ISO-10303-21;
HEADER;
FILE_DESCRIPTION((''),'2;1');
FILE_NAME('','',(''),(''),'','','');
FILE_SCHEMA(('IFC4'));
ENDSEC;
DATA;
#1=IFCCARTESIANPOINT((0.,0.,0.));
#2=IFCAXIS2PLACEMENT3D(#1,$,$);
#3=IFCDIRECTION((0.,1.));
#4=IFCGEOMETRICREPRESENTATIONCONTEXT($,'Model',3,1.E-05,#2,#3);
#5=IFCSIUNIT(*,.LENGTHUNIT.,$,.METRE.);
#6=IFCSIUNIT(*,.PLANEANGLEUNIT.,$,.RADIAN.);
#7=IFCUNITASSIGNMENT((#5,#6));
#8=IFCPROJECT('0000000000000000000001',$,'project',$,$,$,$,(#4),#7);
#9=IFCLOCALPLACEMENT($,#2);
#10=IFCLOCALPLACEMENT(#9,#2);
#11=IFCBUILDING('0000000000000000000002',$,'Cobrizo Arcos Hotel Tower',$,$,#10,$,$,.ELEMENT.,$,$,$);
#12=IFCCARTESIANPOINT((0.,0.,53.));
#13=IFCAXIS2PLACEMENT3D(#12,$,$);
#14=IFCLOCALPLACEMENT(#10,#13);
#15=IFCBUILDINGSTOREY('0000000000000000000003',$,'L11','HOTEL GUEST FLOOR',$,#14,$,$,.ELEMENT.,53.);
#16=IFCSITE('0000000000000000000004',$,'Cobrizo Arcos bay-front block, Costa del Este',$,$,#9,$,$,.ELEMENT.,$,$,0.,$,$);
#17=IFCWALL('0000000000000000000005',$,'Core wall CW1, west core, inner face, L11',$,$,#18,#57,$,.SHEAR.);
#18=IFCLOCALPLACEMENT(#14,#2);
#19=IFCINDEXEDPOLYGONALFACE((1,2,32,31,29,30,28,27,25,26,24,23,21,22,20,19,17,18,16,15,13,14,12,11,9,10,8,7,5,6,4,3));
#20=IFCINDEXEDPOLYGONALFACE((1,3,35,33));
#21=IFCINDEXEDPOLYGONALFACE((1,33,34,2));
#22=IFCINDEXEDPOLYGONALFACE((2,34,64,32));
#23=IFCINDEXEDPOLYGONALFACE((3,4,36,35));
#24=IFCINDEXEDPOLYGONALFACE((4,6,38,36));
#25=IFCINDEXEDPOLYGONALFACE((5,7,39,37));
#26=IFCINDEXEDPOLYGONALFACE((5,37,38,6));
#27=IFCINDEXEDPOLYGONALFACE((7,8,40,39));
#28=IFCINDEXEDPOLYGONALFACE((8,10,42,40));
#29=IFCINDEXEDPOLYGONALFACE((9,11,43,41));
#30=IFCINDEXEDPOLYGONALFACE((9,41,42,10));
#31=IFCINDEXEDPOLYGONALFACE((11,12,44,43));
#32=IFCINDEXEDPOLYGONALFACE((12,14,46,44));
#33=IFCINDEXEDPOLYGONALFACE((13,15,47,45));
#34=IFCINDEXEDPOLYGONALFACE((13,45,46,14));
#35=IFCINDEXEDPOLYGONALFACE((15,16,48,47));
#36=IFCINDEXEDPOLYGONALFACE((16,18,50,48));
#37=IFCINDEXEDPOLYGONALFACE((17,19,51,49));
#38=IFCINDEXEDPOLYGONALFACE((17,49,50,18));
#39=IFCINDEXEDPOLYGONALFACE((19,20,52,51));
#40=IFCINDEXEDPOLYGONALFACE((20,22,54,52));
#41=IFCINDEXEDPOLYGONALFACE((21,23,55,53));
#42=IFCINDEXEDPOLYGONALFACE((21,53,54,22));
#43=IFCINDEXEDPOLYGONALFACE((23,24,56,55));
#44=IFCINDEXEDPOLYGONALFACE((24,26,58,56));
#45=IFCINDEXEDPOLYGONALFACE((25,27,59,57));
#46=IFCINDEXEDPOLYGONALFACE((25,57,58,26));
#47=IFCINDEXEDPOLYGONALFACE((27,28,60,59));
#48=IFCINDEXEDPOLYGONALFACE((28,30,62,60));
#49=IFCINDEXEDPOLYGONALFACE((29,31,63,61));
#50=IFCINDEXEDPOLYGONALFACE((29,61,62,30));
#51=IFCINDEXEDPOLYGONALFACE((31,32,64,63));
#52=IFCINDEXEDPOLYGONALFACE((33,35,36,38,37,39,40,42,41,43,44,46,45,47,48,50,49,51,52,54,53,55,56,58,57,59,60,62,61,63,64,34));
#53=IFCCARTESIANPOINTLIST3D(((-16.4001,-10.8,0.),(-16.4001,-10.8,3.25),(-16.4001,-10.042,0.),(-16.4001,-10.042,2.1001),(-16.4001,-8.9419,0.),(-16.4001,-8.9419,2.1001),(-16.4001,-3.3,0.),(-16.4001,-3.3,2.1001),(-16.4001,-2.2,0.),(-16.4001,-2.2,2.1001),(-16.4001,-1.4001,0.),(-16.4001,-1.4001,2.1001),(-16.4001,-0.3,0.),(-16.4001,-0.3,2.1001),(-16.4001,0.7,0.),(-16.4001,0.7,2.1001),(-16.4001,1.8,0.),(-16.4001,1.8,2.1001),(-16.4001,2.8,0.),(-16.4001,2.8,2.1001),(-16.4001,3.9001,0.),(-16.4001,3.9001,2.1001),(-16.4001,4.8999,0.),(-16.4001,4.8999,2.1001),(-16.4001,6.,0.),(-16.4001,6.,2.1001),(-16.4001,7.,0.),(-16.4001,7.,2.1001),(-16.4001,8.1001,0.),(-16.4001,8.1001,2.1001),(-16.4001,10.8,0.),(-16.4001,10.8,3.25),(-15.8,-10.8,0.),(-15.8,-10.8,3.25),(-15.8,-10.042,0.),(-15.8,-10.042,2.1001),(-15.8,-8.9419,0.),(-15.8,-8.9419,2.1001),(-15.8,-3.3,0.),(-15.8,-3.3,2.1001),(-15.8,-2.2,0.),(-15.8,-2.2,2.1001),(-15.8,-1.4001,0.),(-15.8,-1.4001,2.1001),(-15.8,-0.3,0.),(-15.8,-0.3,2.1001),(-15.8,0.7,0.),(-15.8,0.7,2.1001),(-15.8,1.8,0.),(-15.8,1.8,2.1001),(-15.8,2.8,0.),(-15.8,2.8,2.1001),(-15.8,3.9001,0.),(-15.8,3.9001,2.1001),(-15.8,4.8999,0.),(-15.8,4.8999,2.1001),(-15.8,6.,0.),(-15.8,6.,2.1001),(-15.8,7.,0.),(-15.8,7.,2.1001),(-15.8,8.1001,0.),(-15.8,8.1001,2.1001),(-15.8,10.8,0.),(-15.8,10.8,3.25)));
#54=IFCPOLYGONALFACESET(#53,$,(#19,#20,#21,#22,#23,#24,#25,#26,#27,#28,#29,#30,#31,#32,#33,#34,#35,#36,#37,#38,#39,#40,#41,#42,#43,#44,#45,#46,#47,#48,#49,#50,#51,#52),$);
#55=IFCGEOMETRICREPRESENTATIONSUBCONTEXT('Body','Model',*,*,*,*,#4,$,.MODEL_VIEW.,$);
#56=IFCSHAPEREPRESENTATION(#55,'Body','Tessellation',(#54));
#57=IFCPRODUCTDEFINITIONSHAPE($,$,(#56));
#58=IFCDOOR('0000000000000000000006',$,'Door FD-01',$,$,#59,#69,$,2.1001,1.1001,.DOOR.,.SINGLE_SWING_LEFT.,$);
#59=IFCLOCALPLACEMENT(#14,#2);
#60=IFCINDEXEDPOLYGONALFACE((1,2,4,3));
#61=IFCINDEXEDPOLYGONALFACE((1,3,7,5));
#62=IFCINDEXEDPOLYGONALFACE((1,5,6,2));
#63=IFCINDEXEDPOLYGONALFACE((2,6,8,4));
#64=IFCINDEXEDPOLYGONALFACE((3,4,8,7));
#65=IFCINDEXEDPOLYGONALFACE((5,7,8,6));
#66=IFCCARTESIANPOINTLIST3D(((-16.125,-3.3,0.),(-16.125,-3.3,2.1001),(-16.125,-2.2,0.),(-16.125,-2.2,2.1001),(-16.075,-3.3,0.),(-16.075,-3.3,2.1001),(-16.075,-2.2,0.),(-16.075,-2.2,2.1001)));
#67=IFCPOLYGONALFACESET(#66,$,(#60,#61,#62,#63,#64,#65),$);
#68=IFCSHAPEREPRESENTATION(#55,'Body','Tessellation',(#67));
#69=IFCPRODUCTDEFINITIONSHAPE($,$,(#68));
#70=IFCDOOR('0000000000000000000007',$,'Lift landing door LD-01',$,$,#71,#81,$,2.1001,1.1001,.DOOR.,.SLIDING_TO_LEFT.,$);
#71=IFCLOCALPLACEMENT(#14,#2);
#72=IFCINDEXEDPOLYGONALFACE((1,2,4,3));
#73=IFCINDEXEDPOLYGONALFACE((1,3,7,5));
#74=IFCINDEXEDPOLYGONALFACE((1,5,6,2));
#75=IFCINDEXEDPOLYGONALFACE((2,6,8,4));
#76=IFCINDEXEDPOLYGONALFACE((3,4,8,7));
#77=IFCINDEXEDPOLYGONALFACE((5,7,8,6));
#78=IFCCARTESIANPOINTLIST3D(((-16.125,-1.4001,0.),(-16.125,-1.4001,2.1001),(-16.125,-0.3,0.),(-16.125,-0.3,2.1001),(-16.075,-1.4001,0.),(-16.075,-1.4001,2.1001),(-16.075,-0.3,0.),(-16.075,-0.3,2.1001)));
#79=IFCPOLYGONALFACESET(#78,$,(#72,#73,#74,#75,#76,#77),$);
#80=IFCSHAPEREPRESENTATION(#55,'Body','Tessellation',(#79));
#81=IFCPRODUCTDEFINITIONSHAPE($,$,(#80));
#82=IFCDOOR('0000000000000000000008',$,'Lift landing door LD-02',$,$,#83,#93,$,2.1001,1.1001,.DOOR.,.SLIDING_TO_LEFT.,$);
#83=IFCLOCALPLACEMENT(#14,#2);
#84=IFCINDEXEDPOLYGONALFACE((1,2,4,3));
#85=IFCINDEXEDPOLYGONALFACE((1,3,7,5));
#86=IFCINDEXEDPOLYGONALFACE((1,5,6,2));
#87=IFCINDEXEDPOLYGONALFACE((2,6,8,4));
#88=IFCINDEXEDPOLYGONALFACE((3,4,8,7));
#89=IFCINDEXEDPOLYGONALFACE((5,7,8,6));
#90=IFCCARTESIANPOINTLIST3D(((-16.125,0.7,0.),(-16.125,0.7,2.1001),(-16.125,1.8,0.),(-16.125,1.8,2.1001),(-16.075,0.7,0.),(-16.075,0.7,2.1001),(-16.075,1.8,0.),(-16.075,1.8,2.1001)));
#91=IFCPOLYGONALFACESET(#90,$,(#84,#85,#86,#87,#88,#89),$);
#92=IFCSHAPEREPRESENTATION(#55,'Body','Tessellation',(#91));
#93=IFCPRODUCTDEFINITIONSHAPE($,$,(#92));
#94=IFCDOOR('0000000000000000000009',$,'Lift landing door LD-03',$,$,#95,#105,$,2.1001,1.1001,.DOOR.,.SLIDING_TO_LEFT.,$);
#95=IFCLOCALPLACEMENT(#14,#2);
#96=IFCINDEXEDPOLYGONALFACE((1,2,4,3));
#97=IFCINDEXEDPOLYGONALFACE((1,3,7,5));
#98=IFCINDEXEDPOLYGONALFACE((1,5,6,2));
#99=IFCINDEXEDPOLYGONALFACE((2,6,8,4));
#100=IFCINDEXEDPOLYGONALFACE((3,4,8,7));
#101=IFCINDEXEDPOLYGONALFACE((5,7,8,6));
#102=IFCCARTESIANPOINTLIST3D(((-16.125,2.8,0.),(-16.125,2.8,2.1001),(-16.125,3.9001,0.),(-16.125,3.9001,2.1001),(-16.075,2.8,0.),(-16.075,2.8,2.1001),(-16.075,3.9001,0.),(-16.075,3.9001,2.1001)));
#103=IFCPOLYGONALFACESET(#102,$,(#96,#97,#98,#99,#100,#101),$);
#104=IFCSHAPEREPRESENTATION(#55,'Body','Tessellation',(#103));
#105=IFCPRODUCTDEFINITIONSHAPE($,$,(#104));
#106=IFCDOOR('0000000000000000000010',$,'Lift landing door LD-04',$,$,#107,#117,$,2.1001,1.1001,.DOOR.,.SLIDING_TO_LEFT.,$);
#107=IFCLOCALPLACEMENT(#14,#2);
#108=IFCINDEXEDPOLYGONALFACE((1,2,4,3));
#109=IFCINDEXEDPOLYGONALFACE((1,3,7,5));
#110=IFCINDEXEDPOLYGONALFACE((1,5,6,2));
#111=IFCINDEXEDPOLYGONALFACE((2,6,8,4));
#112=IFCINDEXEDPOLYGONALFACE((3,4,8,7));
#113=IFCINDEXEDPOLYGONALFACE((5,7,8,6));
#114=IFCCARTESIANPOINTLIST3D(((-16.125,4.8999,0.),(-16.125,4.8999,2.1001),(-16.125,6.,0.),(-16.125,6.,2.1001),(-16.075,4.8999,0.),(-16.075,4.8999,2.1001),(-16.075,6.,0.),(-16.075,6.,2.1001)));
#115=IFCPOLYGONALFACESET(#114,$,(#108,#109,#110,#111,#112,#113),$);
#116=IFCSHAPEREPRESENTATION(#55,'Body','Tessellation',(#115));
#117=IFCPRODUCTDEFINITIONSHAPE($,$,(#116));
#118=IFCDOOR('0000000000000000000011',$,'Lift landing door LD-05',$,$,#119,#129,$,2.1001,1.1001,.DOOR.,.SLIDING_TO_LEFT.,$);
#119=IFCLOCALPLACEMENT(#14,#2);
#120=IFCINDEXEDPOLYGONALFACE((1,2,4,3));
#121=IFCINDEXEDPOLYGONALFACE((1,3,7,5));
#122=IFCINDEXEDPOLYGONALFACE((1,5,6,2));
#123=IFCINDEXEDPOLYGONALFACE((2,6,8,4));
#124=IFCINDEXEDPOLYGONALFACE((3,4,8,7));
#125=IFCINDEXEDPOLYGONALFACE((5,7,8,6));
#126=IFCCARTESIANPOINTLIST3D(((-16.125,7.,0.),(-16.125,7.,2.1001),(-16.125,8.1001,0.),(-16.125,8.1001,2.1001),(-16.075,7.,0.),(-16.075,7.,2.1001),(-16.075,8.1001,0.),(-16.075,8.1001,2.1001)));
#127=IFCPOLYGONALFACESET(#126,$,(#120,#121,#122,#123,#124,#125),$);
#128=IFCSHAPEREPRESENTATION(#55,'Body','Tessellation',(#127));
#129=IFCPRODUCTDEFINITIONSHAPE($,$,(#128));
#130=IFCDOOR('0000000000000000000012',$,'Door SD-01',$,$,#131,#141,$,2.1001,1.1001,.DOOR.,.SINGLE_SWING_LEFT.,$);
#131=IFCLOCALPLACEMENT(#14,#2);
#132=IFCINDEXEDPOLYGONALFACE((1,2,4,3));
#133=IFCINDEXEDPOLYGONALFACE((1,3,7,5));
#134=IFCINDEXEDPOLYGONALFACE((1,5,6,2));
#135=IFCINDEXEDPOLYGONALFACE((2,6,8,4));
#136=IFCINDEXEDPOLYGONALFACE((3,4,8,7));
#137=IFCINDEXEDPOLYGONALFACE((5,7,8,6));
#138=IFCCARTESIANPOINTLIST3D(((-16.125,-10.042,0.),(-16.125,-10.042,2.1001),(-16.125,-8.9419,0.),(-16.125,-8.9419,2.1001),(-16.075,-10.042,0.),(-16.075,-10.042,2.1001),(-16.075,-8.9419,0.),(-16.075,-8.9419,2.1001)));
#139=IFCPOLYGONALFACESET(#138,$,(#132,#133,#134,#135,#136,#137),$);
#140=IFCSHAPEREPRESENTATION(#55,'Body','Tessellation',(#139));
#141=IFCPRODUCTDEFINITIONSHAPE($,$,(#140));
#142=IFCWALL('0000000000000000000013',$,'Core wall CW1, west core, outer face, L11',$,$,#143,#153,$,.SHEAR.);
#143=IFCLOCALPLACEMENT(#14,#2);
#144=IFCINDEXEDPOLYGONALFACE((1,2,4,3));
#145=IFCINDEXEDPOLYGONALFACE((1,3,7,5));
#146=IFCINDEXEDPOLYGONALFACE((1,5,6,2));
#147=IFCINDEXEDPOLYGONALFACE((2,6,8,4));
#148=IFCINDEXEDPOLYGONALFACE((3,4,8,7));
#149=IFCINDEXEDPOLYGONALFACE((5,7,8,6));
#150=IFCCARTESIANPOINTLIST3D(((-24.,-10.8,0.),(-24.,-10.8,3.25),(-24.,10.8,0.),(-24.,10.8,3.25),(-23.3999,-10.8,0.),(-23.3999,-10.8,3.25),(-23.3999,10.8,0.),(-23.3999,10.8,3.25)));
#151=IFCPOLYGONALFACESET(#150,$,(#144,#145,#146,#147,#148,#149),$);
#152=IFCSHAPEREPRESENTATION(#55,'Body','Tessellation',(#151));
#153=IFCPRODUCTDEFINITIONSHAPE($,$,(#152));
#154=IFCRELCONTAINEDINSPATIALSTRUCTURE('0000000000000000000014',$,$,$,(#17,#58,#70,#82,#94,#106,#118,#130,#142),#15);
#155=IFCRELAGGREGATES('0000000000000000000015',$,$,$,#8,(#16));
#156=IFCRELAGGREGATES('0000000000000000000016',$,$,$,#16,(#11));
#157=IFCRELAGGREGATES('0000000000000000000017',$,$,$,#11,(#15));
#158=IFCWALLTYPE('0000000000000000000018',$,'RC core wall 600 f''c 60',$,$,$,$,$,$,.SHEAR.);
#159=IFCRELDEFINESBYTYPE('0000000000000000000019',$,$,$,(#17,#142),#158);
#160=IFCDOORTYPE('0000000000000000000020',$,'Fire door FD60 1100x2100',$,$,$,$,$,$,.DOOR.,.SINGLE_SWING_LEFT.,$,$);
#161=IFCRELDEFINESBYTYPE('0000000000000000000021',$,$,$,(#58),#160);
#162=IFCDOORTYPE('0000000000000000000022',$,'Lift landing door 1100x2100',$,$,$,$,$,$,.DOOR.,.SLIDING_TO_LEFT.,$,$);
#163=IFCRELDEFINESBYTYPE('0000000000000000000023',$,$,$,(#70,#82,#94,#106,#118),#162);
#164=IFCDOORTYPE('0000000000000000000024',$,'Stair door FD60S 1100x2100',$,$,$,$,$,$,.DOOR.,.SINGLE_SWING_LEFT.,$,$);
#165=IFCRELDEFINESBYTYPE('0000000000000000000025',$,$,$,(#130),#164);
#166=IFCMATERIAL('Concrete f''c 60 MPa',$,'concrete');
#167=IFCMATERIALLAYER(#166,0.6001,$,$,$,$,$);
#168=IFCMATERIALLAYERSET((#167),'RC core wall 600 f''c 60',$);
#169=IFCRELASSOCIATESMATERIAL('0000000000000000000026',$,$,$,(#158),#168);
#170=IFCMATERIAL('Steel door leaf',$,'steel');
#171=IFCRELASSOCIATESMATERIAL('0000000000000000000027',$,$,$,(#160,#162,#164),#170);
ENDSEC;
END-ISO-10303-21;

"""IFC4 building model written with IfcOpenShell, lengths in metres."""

from ifc_helpers import new_model, si_unit, direction, frame, frame_2d, origin, place, context, subcontext, project, spatial, rectangle, extrude, material, layer, layer_set, type_object, element, fill, save


model = new_model("IFC4")

# Units and contexts
model_context = context("Model", 3, precision=1e-05, world=origin(), true_north=direction((0.0, 1.0)))
body_context = subcontext(model_context, "Body", "Model", "MODEL_VIEW")
ifc_project = project(units=[si_unit("LENGTHUNIT", "METRE"), si_unit("PLANEANGLEUNIT", "RADIAN")], contexts=[model_context])

# Site, building, storey
site_placement = place(None, origin())
site = spatial("IfcSite", under=ifc_project, at=site_placement, Name="Cobrizo Arcos bay-front block, Costa del Este", CompositionType="ELEMENT", RefElevation=0.0)
building_placement = place(site_placement, origin())
building = spatial("IfcBuilding", under=site, at=building_placement, Name="Cobrizo Arcos Hotel Tower", CompositionType="ELEMENT")
storey_placement = place(building_placement, frame((0.0, 0.0, 53.0)))
storey = spatial("IfcBuildingStorey", under=building, at=storey_placement, Name="L11", Description="HOTEL GUEST FLOOR", CompositionType="ELEMENT", Elevation=53.0)

# Wall, openings, doors
ifc_material_1 = material(Name="Concrete f'c 60 MPa", Category="concrete")
ifc_layer_1 = layer(ifc_material_1, 0.6001)
ifc_layer_set_1 = layer_set([ifc_layer_1], Name="RC core wall 600 f'c 60")
wall_type_1 = type_object("IfcWallType", Name="RC core wall 600 f'c 60", PredefinedType="SHEAR", material=ifc_layer_set_1)
wall_1_placement = place(storey_placement, frame((-16.1001, -10.8, 0.0), z_axis=(0.0, 0.0, 1.0), x_axis=(0.0, 1.0, 0.0)))
wall_1 = element("IfcWall", 1, at=wall_1_placement, inside=storey, type_object=wall_type_1, Name="Core wall CW1, west core, inner face, L11", PredefinedType="SHEAR", context=body_context, shape_type="SweptSolid", body=[
    extrude(rectangle(XDim=21.6001, YDim=0.6001, at=frame_2d((10.8, 0.0))), origin(), (0.0, 0.0, 1.0), 3.25),
])
opening_1_placement = place(wall_1_placement, frame((9.3999, 0.0, 0.0)))
opening_1 = element("IfcOpeningElement", 2, at=opening_1_placement, cuts=wall_1, PredefinedType="OPENING", context=body_context, shape_type="SweptSolid", body=[
    extrude(rectangle(XDim=1.1001, YDim=2.1001, at=frame_2d((0.55, 1.05))), frame((0.0, 0.312, 0.0), z_axis=(0.0, -1.0, 0.0), x_axis=(1.0, 0.0, 0.0)), (0.0, 0.0, 1.0), 0.624),
])
opening_2_placement = place(wall_1_placement, frame((11.5, 0.0, 0.0)))
opening_2 = element("IfcOpeningElement", 3, at=opening_2_placement, cuts=wall_1, PredefinedType="OPENING", context=body_context, shape_type="SweptSolid", body=[
    extrude(rectangle(XDim=1.1001, YDim=2.1001, at=frame_2d((0.55, 1.05))), frame((0.0, 0.312, 0.0), z_axis=(0.0, -1.0, 0.0), x_axis=(1.0, 0.0, 0.0)), (0.0, 0.0, 1.0), 0.624),
])
opening_3_placement = place(wall_1_placement, frame((13.6001, 0.0, 0.0)))
opening_3 = element("IfcOpeningElement", 4, at=opening_3_placement, cuts=wall_1, PredefinedType="OPENING", context=body_context, shape_type="SweptSolid", body=[
    extrude(rectangle(XDim=1.1001, YDim=2.1001, at=frame_2d((0.55, 1.05))), frame((0.0, 0.312, 0.0), z_axis=(0.0, -1.0, 0.0), x_axis=(1.0, 0.0, 0.0)), (0.0, 0.0, 1.0), 0.624),
])
opening_4_placement = place(wall_1_placement, frame((15.7, 0.0, 0.0)))
opening_4 = element("IfcOpeningElement", 5, at=opening_4_placement, cuts=wall_1, PredefinedType="OPENING", context=body_context, shape_type="SweptSolid", body=[
    extrude(rectangle(XDim=1.1001, YDim=2.1001, at=frame_2d((0.55, 1.05))), frame((0.0, 0.312, 0.0), z_axis=(0.0, -1.0, 0.0), x_axis=(1.0, 0.0, 0.0)), (0.0, 0.0, 1.0), 0.624),
])
opening_5_placement = place(wall_1_placement, frame((17.8, 0.0, 0.0)))
opening_5 = element("IfcOpeningElement", 6, at=opening_5_placement, cuts=wall_1, PredefinedType="OPENING", context=body_context, shape_type="SweptSolid", body=[
    extrude(rectangle(XDim=1.1001, YDim=2.1001, at=frame_2d((0.55, 1.05))), frame((0.0, 0.312, 0.0), z_axis=(0.0, -1.0, 0.0), x_axis=(1.0, 0.0, 0.0)), (0.0, 0.0, 1.0), 0.624),
])
opening_6_placement = place(wall_1_placement, frame((0.7581, 0.0, 0.0)))
opening_6 = element("IfcOpeningElement", 7, at=opening_6_placement, cuts=wall_1, PredefinedType="OPENING", context=body_context, shape_type="SweptSolid", body=[
    extrude(rectangle(XDim=1.1001, YDim=2.1001, at=frame_2d((0.55, 1.05))), frame((0.0, 0.312, 0.0), z_axis=(0.0, -1.0, 0.0), x_axis=(1.0, 0.0, 0.0)), (0.0, 0.0, 1.0), 0.624),
])
opening_7_placement = place(wall_1_placement, frame((7.5, 0.0, 0.0)))
opening_7 = element("IfcOpeningElement", 8, at=opening_7_placement, cuts=wall_1, PredefinedType="OPENING", context=body_context, shape_type="SweptSolid", body=[
    extrude(rectangle(XDim=1.1001, YDim=2.1001, at=frame_2d((0.55, 1.05))), frame((0.0, 0.312, 0.0), z_axis=(0.0, -1.0, 0.0), x_axis=(1.0, 0.0, 0.0)), (0.0, 0.0, 1.0), 0.624),
])
ifc_material_2 = material(Name="Steel door leaf", Category="steel")
door_type_1 = type_object("IfcDoorType", Name="Fire door FD60 1100x2100", OperationType="SINGLE_SWING_LEFT", PredefinedType="DOOR", material=ifc_material_2)
door_1_placement = place(opening_7_placement, origin())
door_1 = element("IfcDoor", 9, at=door_1_placement, inside=storey, type_object=door_type_1, Name="Door FD-01", OperationType="SINGLE_SWING_LEFT", OverallHeight=2.1001, OverallWidth=1.1001, PredefinedType="DOOR", context=body_context, shape_type="SweptSolid", body=[
    extrude(rectangle(XDim=1.1001, YDim=2.1001, at=frame_2d((0.55, 1.05))), frame((0.0, 0.0249, 0.0), z_axis=(0.0, -1.0, 0.0), x_axis=(1.0, 0.0, 0.0)), (0.0, 0.0, 1.0), 0.05),
])
fill(opening_7, door_1)
door_type_2 = type_object("IfcDoorType", Name="Lift landing door 1100x2100", OperationType="SLIDING_TO_LEFT", PredefinedType="DOOR", material=ifc_material_2)
door_2_placement = place(opening_1_placement, origin())
door_2 = element("IfcDoor", 10, at=door_2_placement, inside=storey, type_object=door_type_2, Name="Lift landing door LD-01", OperationType="SLIDING_TO_LEFT", OverallHeight=2.1001, OverallWidth=1.1001, PredefinedType="DOOR", context=body_context, shape_type="SweptSolid", body=[
    extrude(rectangle(XDim=1.1001, YDim=2.1001, at=frame_2d((0.55, 1.05))), frame((0.0, 0.0249, 0.0), z_axis=(0.0, -1.0, 0.0), x_axis=(1.0, 0.0, 0.0)), (0.0, 0.0, 1.0), 0.05),
])
fill(opening_1, door_2)
door_3_placement = place(opening_2_placement, origin())
door_3 = element("IfcDoor", 11, at=door_3_placement, inside=storey, type_object=door_type_2, Name="Lift landing door LD-02", OperationType="SLIDING_TO_LEFT", OverallHeight=2.1001, OverallWidth=1.1001, PredefinedType="DOOR", context=body_context, shape_type="SweptSolid", body=[
    extrude(rectangle(XDim=1.1001, YDim=2.1001, at=frame_2d((0.55, 1.05))), frame((0.0, 0.0249, 0.0), z_axis=(0.0, -1.0, 0.0), x_axis=(1.0, 0.0, 0.0)), (0.0, 0.0, 1.0), 0.05),
])
fill(opening_2, door_3)
door_4_placement = place(opening_3_placement, origin())
door_4 = element("IfcDoor", 12, at=door_4_placement, inside=storey, type_object=door_type_2, Name="Lift landing door LD-03", OperationType="SLIDING_TO_LEFT", OverallHeight=2.1001, OverallWidth=1.1001, PredefinedType="DOOR", context=body_context, shape_type="SweptSolid", body=[
    extrude(rectangle(XDim=1.1001, YDim=2.1001, at=frame_2d((0.55, 1.05))), frame((0.0, 0.0249, 0.0), z_axis=(0.0, -1.0, 0.0), x_axis=(1.0, 0.0, 0.0)), (0.0, 0.0, 1.0), 0.05),
])
fill(opening_3, door_4)
door_5_placement = place(opening_4_placement, origin())
door_5 = element("IfcDoor", 13, at=door_5_placement, inside=storey, type_object=door_type_2, Name="Lift landing door LD-04", OperationType="SLIDING_TO_LEFT", OverallHeight=2.1001, OverallWidth=1.1001, PredefinedType="DOOR", context=body_context, shape_type="SweptSolid", body=[
    extrude(rectangle(XDim=1.1001, YDim=2.1001, at=frame_2d((0.55, 1.05))), frame((0.0, 0.0249, 0.0), z_axis=(0.0, -1.0, 0.0), x_axis=(1.0, 0.0, 0.0)), (0.0, 0.0, 1.0), 0.05),
])
fill(opening_4, door_5)
door_6_placement = place(opening_5_placement, origin())
door_6 = element("IfcDoor", 14, at=door_6_placement, inside=storey, type_object=door_type_2, Name="Lift landing door LD-05", OperationType="SLIDING_TO_LEFT", OverallHeight=2.1001, OverallWidth=1.1001, PredefinedType="DOOR", context=body_context, shape_type="SweptSolid", body=[
    extrude(rectangle(XDim=1.1001, YDim=2.1001, at=frame_2d((0.55, 1.05))), frame((0.0, 0.0249, 0.0), z_axis=(0.0, -1.0, 0.0), x_axis=(1.0, 0.0, 0.0)), (0.0, 0.0, 1.0), 0.05),
])
fill(opening_5, door_6)
door_type_3 = type_object("IfcDoorType", Name="Stair door FD60S 1100x2100", OperationType="SINGLE_SWING_LEFT", PredefinedType="DOOR", material=ifc_material_2)
door_7_placement = place(opening_6_placement, origin())
door_7 = element("IfcDoor", 15, at=door_7_placement, inside=storey, type_object=door_type_3, Name="Door SD-01", OperationType="SINGLE_SWING_LEFT", OverallHeight=2.1001, OverallWidth=1.1001, PredefinedType="DOOR", context=body_context, shape_type="SweptSolid", body=[
    extrude(rectangle(XDim=1.1001, YDim=2.1001, at=frame_2d((0.55, 1.05))), frame((0.0, 0.0249, 0.0), z_axis=(0.0, -1.0, 0.0), x_axis=(1.0, 0.0, 0.0)), (0.0, 0.0, 1.0), 0.05),
])
fill(opening_6, door_7)

# Wall
wall_2_placement = place(storey_placement, frame((-23.7, -10.8, 0.0), z_axis=(0.0, 0.0, 1.0), x_axis=(0.0, 1.0, 0.0)))
element("IfcWall", 16, at=wall_2_placement, inside=storey, type_object=wall_type_1, Name="Core wall CW1, west core, outer face, L11", PredefinedType="SHEAR", context=body_context, shape_type="SweptSolid", body=[
    extrude(rectangle(XDim=21.6001, YDim=0.6001, at=frame_2d((10.8, 0.0))), origin(), (0.0, 0.0, 1.0), 3.25),
])

save(model, "model.ifc")
